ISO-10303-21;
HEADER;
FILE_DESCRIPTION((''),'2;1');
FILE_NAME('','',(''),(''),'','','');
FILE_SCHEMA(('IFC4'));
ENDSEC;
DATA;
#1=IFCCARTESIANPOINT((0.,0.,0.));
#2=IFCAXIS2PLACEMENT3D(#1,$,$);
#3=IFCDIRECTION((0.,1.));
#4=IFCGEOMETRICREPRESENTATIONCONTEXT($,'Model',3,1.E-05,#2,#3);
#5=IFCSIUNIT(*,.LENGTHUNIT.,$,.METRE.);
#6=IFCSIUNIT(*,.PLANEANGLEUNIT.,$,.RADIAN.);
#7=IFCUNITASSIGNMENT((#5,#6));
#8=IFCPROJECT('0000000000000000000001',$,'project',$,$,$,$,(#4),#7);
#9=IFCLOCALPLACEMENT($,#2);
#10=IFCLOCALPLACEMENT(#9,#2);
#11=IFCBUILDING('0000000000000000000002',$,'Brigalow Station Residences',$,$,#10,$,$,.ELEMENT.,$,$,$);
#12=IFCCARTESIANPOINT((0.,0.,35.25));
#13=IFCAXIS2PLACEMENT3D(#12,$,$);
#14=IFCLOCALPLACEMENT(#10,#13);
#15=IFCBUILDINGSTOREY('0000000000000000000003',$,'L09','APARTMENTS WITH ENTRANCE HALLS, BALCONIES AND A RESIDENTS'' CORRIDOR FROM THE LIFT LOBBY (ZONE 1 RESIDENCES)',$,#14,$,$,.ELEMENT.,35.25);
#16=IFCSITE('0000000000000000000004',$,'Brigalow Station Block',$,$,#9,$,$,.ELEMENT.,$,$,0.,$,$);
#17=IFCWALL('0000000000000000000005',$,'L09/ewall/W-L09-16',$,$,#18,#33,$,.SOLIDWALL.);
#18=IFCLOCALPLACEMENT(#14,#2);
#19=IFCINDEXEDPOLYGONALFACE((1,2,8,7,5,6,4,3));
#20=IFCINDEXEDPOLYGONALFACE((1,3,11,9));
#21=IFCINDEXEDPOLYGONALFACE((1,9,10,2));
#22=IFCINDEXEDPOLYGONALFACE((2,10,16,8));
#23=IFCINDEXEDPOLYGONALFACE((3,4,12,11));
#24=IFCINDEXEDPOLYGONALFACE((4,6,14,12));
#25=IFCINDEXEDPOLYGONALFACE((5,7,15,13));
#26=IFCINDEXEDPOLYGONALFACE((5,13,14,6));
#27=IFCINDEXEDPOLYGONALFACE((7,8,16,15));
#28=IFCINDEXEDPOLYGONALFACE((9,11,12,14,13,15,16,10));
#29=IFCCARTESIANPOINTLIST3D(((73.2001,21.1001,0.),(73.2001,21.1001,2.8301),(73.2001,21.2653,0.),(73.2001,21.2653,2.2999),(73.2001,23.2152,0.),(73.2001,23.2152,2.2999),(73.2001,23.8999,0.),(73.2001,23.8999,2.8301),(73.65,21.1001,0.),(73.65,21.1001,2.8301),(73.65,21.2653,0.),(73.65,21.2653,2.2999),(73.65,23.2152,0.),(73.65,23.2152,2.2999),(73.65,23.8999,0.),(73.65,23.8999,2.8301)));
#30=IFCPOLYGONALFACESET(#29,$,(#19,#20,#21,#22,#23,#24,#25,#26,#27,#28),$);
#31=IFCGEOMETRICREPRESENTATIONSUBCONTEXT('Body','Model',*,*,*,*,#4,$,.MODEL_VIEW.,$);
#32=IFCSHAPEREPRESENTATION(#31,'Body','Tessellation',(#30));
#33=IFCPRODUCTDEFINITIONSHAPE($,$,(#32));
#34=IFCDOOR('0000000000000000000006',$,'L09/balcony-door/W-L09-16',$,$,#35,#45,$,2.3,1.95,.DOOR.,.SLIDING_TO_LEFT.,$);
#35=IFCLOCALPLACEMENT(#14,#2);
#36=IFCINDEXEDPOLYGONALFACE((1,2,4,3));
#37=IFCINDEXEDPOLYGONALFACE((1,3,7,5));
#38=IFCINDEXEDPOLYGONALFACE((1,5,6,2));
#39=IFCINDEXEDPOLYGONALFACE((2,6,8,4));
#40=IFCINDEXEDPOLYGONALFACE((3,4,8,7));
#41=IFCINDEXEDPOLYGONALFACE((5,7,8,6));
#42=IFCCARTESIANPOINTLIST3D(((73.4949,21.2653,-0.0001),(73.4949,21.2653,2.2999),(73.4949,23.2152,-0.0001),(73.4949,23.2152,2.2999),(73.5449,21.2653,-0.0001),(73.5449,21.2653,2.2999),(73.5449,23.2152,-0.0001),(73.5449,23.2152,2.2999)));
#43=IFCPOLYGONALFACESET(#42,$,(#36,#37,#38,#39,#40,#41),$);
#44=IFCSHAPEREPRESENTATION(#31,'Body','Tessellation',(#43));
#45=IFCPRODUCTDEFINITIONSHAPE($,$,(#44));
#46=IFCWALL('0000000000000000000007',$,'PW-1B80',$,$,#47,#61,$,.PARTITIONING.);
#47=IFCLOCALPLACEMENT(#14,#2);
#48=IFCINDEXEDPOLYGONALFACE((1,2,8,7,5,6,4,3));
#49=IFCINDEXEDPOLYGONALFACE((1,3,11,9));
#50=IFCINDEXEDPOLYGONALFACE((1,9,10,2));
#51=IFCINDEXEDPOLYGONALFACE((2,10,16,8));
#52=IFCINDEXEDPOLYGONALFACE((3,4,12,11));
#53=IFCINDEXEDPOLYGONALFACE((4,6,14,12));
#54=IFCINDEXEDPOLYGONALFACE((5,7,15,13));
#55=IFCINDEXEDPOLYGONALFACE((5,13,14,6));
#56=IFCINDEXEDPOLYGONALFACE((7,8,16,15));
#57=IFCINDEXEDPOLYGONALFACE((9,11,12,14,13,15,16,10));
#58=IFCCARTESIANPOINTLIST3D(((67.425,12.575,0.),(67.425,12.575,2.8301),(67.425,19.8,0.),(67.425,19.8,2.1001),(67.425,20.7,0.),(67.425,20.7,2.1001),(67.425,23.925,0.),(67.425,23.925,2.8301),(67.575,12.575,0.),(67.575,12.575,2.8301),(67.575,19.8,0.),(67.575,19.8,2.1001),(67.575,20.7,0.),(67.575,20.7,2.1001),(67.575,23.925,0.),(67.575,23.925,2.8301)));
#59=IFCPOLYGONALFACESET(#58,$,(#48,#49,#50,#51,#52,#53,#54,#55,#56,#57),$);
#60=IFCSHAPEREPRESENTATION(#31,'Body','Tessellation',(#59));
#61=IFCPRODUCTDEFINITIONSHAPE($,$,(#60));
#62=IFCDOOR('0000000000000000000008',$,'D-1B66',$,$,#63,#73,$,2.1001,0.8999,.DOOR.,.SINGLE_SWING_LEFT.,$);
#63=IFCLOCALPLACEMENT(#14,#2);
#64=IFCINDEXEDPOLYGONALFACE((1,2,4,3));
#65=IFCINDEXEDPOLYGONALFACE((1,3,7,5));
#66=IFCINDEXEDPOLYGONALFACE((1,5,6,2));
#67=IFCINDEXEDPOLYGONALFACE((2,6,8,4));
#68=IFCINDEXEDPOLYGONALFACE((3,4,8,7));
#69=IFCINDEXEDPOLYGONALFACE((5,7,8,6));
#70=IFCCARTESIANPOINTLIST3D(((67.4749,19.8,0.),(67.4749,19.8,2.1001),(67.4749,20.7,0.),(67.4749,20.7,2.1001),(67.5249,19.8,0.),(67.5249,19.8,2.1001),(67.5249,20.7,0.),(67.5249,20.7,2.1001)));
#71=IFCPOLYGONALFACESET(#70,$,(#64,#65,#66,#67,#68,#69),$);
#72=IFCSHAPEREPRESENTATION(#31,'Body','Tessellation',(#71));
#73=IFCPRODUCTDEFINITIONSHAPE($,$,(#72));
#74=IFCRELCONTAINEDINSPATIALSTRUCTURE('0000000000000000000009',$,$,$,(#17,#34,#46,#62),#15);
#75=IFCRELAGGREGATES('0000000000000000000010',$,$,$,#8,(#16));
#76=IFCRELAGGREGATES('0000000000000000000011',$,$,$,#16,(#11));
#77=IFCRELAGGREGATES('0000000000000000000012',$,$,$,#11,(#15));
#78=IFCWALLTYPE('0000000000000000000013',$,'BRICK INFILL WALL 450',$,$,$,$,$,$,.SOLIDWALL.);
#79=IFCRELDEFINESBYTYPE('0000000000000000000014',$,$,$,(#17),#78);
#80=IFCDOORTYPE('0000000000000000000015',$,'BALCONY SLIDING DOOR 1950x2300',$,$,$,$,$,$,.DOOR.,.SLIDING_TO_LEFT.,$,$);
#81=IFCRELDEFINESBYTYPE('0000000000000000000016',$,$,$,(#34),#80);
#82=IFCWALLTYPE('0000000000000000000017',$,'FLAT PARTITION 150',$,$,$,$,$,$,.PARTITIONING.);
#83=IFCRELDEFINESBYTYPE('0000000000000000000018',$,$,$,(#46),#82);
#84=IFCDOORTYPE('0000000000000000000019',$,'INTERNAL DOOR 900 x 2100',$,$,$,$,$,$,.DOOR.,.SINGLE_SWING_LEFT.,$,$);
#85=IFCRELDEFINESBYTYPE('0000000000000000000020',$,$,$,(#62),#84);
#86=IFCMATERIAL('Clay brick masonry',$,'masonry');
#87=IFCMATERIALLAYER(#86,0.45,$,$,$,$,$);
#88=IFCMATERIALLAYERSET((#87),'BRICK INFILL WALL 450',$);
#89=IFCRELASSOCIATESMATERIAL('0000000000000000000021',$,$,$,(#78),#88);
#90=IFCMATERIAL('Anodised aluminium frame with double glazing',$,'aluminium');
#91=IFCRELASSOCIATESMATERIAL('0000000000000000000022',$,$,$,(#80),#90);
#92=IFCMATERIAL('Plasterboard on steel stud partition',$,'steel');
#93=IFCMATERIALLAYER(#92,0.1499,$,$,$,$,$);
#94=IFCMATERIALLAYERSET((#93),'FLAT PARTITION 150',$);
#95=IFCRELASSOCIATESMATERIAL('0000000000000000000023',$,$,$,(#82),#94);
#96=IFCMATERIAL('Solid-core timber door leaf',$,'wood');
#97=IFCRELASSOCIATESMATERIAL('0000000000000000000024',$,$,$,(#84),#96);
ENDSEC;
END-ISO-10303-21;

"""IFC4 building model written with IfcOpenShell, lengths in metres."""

from ifc_helpers import new_model, si_unit, direction, frame, frame_2d, origin, place, context, subcontext, project, spatial, rectangle, extrude, material, layer, layer_set, type_object, element, fill, save


model = new_model("IFC4")

# Units and contexts
model_context = context("Model", 3, precision=1e-05, world=origin(), true_north=direction((0.0, 1.0)))
body_context = subcontext(model_context, "Body", "Model", "MODEL_VIEW")
ifc_project = project(units=[si_unit("LENGTHUNIT", "METRE"), si_unit("PLANEANGLEUNIT", "RADIAN")], contexts=[model_context])

# Site, building, storey
site_placement = place(None, origin())
site = spatial("IfcSite", under=ifc_project, at=site_placement, Name="Brigalow Station Block", CompositionType="ELEMENT", RefElevation=0.0)
building_placement = place(site_placement, origin())
building = spatial("IfcBuilding", under=site, at=building_placement, Name="Brigalow Station Residences", CompositionType="ELEMENT")
storey_placement = place(building_placement, frame((0.0, 0.0, 35.25)))
storey = spatial("IfcBuildingStorey", under=building, at=storey_placement, Name="L09", Description="APARTMENTS WITH ENTRANCE HALLS, BALCONIES AND A RESIDENTS' CORRIDOR FROM THE LIFT LOBBY (ZONE 1 RESIDENCES)", CompositionType="ELEMENT", Elevation=35.25)

# Shared definitions
ifc_material_1 = material(Name="Clay brick masonry", Category="masonry")
ifc_layer_1 = layer(ifc_material_1, 0.45)
ifc_layer_set_1 = layer_set([ifc_layer_1], Name="BRICK INFILL WALL 450")
wall_type_1 = type_object("IfcWallType", Name="BRICK INFILL WALL 450", PredefinedType="SOLIDWALL", material=ifc_layer_set_1)

# Walls, openings, doors
wall_1_placement = place(storey_placement, frame((73.425, 21.1001, 0.0), z_axis=(0.0, 0.0, 1.0), x_axis=(0.0, 1.0, 0.0)))
wall_1 = element("IfcWall", 1, at=wall_1_placement, inside=storey, type_object=wall_type_1, Name="L09/ewall/W-L09-16", PredefinedType="SOLIDWALL", context=body_context, shape_type="SweptSolid", body=[
    extrude(rectangle(XDim=2.7998, YDim=0.45, at=frame_2d((1.3999, 0.0))), origin(), (0.0, 0.0, 1.0), 2.8301),
])
opening_1_placement = place(wall_1_placement, frame((0.165, 0.0, 0.0)))
opening_1 = element("IfcOpeningElement", 2, at=opening_1_placement, cuts=wall_1, PredefinedType="OPENING", context=body_context, shape_type="SweptSolid", body=[
    extrude(rectangle(XDim=1.95, YDim=2.3, at=frame_2d((0.9751, 1.1499))), frame((0.0, 0.2349, 0.0), z_axis=(0.0, -1.0, 0.0), x_axis=(1.0, 0.0, 0.0)), (0.0, 0.0, 1.0), 0.47),
])
ifc_material_2 = material(Name="Anodised aluminium frame with double glazing", Category="aluminium")
door_type_1 = type_object("IfcDoorType", Name="BALCONY SLIDING DOOR 1950x2300", OperationType="SLIDING_TO_LEFT", PredefinedType="DOOR", material=ifc_material_2)
door_1_placement = place(opening_1_placement, origin())
door_1 = element("IfcDoor", 3, at=door_1_placement, inside=storey, type_object=door_type_1, Name="L09/balcony-door/W-L09-16", OperationType="SLIDING_TO_LEFT", OverallHeight=2.3, OverallWidth=1.95, PredefinedType="DOOR", context=body_context, shape_type="SweptSolid", body=[
    extrude(rectangle(XDim=1.95, YDim=2.3, at=frame_2d((0.9751, 1.1499))), frame((0.0, -0.0698, 0.0), z_axis=(0.0, -1.0, 0.0), x_axis=(1.0, 0.0, 0.0)), (0.0, 0.0, 1.0), 0.05),
])
fill(opening_1, door_1)
ifc_material_3 = material(Name="Plasterboard on steel stud partition", Category="steel")
ifc_layer_2 = layer(ifc_material_3, 0.1499)
ifc_layer_set_2 = layer_set([ifc_layer_2], Name="FLAT PARTITION 150")
wall_type_2 = type_object("IfcWallType", Name="FLAT PARTITION 150", PredefinedType="PARTITIONING", material=ifc_layer_set_2)
wall_2_placement = place(storey_placement, frame((67.5, 12.575, 0.0), z_axis=(0.0, 0.0, 1.0), x_axis=(0.0, 1.0, 0.0)))
wall_2 = element("IfcWall", 4, at=wall_2_placement, inside=storey, type_object=wall_type_2, Name="PW-1B80", PredefinedType="PARTITIONING", context=body_context, shape_type="SweptSolid", body=[
    extrude(rectangle(XDim=11.3501, YDim=0.1499, at=frame_2d((5.675, 0.0))), origin(), (0.0, 0.0, 1.0), 2.8301),
])
opening_2_placement = place(wall_2_placement, frame((7.2251, 0.0, 0.0)))
opening_2 = element("IfcOpeningElement", 5, at=opening_2_placement, cuts=wall_2, PredefinedType="OPENING", context=body_context, shape_type="SweptSolid", body=[
    extrude(rectangle(XDim=0.8999, YDim=2.1001, at=frame_2d((0.45, 1.05))), frame((0.0, 0.085, 0.0), z_axis=(0.0, -1.0, 0.0), x_axis=(1.0, 0.0, 0.0)), (0.0, 0.0, 1.0), 0.1699),
])
ifc_material_4 = material(Name="Solid-core timber door leaf", Category="wood")
door_type_2 = type_object("IfcDoorType", Name="INTERNAL DOOR 900 x 2100", OperationType="SINGLE_SWING_LEFT", PredefinedType="DOOR", material=ifc_material_4)
door_2_placement = place(opening_2_placement, frame((0.8999, 0.0, 0.0), z_axis=(0.0, 0.0, 1.0), x_axis=(-1.0, 0.0, 0.0)))
door_2 = element("IfcDoor", 6, at=door_2_placement, inside=storey, type_object=door_type_2, Name="D-1B66", OperationType="SINGLE_SWING_LEFT", OverallHeight=2.1001, OverallWidth=0.8999, PredefinedType="DOOR", context=body_context, shape_type="SweptSolid", body=[
    extrude(rectangle(XDim=0.8999, YDim=2.1001, at=frame_2d((0.45, 1.05))), frame((0.0, 0.0249, 0.0), z_axis=(0.0, -1.0, 0.0), x_axis=(1.0, 0.0, 0.0)), (0.0, 0.0, 1.0), 0.05),
])
fill(opening_2, door_2)

save(model, "model.ifc")
